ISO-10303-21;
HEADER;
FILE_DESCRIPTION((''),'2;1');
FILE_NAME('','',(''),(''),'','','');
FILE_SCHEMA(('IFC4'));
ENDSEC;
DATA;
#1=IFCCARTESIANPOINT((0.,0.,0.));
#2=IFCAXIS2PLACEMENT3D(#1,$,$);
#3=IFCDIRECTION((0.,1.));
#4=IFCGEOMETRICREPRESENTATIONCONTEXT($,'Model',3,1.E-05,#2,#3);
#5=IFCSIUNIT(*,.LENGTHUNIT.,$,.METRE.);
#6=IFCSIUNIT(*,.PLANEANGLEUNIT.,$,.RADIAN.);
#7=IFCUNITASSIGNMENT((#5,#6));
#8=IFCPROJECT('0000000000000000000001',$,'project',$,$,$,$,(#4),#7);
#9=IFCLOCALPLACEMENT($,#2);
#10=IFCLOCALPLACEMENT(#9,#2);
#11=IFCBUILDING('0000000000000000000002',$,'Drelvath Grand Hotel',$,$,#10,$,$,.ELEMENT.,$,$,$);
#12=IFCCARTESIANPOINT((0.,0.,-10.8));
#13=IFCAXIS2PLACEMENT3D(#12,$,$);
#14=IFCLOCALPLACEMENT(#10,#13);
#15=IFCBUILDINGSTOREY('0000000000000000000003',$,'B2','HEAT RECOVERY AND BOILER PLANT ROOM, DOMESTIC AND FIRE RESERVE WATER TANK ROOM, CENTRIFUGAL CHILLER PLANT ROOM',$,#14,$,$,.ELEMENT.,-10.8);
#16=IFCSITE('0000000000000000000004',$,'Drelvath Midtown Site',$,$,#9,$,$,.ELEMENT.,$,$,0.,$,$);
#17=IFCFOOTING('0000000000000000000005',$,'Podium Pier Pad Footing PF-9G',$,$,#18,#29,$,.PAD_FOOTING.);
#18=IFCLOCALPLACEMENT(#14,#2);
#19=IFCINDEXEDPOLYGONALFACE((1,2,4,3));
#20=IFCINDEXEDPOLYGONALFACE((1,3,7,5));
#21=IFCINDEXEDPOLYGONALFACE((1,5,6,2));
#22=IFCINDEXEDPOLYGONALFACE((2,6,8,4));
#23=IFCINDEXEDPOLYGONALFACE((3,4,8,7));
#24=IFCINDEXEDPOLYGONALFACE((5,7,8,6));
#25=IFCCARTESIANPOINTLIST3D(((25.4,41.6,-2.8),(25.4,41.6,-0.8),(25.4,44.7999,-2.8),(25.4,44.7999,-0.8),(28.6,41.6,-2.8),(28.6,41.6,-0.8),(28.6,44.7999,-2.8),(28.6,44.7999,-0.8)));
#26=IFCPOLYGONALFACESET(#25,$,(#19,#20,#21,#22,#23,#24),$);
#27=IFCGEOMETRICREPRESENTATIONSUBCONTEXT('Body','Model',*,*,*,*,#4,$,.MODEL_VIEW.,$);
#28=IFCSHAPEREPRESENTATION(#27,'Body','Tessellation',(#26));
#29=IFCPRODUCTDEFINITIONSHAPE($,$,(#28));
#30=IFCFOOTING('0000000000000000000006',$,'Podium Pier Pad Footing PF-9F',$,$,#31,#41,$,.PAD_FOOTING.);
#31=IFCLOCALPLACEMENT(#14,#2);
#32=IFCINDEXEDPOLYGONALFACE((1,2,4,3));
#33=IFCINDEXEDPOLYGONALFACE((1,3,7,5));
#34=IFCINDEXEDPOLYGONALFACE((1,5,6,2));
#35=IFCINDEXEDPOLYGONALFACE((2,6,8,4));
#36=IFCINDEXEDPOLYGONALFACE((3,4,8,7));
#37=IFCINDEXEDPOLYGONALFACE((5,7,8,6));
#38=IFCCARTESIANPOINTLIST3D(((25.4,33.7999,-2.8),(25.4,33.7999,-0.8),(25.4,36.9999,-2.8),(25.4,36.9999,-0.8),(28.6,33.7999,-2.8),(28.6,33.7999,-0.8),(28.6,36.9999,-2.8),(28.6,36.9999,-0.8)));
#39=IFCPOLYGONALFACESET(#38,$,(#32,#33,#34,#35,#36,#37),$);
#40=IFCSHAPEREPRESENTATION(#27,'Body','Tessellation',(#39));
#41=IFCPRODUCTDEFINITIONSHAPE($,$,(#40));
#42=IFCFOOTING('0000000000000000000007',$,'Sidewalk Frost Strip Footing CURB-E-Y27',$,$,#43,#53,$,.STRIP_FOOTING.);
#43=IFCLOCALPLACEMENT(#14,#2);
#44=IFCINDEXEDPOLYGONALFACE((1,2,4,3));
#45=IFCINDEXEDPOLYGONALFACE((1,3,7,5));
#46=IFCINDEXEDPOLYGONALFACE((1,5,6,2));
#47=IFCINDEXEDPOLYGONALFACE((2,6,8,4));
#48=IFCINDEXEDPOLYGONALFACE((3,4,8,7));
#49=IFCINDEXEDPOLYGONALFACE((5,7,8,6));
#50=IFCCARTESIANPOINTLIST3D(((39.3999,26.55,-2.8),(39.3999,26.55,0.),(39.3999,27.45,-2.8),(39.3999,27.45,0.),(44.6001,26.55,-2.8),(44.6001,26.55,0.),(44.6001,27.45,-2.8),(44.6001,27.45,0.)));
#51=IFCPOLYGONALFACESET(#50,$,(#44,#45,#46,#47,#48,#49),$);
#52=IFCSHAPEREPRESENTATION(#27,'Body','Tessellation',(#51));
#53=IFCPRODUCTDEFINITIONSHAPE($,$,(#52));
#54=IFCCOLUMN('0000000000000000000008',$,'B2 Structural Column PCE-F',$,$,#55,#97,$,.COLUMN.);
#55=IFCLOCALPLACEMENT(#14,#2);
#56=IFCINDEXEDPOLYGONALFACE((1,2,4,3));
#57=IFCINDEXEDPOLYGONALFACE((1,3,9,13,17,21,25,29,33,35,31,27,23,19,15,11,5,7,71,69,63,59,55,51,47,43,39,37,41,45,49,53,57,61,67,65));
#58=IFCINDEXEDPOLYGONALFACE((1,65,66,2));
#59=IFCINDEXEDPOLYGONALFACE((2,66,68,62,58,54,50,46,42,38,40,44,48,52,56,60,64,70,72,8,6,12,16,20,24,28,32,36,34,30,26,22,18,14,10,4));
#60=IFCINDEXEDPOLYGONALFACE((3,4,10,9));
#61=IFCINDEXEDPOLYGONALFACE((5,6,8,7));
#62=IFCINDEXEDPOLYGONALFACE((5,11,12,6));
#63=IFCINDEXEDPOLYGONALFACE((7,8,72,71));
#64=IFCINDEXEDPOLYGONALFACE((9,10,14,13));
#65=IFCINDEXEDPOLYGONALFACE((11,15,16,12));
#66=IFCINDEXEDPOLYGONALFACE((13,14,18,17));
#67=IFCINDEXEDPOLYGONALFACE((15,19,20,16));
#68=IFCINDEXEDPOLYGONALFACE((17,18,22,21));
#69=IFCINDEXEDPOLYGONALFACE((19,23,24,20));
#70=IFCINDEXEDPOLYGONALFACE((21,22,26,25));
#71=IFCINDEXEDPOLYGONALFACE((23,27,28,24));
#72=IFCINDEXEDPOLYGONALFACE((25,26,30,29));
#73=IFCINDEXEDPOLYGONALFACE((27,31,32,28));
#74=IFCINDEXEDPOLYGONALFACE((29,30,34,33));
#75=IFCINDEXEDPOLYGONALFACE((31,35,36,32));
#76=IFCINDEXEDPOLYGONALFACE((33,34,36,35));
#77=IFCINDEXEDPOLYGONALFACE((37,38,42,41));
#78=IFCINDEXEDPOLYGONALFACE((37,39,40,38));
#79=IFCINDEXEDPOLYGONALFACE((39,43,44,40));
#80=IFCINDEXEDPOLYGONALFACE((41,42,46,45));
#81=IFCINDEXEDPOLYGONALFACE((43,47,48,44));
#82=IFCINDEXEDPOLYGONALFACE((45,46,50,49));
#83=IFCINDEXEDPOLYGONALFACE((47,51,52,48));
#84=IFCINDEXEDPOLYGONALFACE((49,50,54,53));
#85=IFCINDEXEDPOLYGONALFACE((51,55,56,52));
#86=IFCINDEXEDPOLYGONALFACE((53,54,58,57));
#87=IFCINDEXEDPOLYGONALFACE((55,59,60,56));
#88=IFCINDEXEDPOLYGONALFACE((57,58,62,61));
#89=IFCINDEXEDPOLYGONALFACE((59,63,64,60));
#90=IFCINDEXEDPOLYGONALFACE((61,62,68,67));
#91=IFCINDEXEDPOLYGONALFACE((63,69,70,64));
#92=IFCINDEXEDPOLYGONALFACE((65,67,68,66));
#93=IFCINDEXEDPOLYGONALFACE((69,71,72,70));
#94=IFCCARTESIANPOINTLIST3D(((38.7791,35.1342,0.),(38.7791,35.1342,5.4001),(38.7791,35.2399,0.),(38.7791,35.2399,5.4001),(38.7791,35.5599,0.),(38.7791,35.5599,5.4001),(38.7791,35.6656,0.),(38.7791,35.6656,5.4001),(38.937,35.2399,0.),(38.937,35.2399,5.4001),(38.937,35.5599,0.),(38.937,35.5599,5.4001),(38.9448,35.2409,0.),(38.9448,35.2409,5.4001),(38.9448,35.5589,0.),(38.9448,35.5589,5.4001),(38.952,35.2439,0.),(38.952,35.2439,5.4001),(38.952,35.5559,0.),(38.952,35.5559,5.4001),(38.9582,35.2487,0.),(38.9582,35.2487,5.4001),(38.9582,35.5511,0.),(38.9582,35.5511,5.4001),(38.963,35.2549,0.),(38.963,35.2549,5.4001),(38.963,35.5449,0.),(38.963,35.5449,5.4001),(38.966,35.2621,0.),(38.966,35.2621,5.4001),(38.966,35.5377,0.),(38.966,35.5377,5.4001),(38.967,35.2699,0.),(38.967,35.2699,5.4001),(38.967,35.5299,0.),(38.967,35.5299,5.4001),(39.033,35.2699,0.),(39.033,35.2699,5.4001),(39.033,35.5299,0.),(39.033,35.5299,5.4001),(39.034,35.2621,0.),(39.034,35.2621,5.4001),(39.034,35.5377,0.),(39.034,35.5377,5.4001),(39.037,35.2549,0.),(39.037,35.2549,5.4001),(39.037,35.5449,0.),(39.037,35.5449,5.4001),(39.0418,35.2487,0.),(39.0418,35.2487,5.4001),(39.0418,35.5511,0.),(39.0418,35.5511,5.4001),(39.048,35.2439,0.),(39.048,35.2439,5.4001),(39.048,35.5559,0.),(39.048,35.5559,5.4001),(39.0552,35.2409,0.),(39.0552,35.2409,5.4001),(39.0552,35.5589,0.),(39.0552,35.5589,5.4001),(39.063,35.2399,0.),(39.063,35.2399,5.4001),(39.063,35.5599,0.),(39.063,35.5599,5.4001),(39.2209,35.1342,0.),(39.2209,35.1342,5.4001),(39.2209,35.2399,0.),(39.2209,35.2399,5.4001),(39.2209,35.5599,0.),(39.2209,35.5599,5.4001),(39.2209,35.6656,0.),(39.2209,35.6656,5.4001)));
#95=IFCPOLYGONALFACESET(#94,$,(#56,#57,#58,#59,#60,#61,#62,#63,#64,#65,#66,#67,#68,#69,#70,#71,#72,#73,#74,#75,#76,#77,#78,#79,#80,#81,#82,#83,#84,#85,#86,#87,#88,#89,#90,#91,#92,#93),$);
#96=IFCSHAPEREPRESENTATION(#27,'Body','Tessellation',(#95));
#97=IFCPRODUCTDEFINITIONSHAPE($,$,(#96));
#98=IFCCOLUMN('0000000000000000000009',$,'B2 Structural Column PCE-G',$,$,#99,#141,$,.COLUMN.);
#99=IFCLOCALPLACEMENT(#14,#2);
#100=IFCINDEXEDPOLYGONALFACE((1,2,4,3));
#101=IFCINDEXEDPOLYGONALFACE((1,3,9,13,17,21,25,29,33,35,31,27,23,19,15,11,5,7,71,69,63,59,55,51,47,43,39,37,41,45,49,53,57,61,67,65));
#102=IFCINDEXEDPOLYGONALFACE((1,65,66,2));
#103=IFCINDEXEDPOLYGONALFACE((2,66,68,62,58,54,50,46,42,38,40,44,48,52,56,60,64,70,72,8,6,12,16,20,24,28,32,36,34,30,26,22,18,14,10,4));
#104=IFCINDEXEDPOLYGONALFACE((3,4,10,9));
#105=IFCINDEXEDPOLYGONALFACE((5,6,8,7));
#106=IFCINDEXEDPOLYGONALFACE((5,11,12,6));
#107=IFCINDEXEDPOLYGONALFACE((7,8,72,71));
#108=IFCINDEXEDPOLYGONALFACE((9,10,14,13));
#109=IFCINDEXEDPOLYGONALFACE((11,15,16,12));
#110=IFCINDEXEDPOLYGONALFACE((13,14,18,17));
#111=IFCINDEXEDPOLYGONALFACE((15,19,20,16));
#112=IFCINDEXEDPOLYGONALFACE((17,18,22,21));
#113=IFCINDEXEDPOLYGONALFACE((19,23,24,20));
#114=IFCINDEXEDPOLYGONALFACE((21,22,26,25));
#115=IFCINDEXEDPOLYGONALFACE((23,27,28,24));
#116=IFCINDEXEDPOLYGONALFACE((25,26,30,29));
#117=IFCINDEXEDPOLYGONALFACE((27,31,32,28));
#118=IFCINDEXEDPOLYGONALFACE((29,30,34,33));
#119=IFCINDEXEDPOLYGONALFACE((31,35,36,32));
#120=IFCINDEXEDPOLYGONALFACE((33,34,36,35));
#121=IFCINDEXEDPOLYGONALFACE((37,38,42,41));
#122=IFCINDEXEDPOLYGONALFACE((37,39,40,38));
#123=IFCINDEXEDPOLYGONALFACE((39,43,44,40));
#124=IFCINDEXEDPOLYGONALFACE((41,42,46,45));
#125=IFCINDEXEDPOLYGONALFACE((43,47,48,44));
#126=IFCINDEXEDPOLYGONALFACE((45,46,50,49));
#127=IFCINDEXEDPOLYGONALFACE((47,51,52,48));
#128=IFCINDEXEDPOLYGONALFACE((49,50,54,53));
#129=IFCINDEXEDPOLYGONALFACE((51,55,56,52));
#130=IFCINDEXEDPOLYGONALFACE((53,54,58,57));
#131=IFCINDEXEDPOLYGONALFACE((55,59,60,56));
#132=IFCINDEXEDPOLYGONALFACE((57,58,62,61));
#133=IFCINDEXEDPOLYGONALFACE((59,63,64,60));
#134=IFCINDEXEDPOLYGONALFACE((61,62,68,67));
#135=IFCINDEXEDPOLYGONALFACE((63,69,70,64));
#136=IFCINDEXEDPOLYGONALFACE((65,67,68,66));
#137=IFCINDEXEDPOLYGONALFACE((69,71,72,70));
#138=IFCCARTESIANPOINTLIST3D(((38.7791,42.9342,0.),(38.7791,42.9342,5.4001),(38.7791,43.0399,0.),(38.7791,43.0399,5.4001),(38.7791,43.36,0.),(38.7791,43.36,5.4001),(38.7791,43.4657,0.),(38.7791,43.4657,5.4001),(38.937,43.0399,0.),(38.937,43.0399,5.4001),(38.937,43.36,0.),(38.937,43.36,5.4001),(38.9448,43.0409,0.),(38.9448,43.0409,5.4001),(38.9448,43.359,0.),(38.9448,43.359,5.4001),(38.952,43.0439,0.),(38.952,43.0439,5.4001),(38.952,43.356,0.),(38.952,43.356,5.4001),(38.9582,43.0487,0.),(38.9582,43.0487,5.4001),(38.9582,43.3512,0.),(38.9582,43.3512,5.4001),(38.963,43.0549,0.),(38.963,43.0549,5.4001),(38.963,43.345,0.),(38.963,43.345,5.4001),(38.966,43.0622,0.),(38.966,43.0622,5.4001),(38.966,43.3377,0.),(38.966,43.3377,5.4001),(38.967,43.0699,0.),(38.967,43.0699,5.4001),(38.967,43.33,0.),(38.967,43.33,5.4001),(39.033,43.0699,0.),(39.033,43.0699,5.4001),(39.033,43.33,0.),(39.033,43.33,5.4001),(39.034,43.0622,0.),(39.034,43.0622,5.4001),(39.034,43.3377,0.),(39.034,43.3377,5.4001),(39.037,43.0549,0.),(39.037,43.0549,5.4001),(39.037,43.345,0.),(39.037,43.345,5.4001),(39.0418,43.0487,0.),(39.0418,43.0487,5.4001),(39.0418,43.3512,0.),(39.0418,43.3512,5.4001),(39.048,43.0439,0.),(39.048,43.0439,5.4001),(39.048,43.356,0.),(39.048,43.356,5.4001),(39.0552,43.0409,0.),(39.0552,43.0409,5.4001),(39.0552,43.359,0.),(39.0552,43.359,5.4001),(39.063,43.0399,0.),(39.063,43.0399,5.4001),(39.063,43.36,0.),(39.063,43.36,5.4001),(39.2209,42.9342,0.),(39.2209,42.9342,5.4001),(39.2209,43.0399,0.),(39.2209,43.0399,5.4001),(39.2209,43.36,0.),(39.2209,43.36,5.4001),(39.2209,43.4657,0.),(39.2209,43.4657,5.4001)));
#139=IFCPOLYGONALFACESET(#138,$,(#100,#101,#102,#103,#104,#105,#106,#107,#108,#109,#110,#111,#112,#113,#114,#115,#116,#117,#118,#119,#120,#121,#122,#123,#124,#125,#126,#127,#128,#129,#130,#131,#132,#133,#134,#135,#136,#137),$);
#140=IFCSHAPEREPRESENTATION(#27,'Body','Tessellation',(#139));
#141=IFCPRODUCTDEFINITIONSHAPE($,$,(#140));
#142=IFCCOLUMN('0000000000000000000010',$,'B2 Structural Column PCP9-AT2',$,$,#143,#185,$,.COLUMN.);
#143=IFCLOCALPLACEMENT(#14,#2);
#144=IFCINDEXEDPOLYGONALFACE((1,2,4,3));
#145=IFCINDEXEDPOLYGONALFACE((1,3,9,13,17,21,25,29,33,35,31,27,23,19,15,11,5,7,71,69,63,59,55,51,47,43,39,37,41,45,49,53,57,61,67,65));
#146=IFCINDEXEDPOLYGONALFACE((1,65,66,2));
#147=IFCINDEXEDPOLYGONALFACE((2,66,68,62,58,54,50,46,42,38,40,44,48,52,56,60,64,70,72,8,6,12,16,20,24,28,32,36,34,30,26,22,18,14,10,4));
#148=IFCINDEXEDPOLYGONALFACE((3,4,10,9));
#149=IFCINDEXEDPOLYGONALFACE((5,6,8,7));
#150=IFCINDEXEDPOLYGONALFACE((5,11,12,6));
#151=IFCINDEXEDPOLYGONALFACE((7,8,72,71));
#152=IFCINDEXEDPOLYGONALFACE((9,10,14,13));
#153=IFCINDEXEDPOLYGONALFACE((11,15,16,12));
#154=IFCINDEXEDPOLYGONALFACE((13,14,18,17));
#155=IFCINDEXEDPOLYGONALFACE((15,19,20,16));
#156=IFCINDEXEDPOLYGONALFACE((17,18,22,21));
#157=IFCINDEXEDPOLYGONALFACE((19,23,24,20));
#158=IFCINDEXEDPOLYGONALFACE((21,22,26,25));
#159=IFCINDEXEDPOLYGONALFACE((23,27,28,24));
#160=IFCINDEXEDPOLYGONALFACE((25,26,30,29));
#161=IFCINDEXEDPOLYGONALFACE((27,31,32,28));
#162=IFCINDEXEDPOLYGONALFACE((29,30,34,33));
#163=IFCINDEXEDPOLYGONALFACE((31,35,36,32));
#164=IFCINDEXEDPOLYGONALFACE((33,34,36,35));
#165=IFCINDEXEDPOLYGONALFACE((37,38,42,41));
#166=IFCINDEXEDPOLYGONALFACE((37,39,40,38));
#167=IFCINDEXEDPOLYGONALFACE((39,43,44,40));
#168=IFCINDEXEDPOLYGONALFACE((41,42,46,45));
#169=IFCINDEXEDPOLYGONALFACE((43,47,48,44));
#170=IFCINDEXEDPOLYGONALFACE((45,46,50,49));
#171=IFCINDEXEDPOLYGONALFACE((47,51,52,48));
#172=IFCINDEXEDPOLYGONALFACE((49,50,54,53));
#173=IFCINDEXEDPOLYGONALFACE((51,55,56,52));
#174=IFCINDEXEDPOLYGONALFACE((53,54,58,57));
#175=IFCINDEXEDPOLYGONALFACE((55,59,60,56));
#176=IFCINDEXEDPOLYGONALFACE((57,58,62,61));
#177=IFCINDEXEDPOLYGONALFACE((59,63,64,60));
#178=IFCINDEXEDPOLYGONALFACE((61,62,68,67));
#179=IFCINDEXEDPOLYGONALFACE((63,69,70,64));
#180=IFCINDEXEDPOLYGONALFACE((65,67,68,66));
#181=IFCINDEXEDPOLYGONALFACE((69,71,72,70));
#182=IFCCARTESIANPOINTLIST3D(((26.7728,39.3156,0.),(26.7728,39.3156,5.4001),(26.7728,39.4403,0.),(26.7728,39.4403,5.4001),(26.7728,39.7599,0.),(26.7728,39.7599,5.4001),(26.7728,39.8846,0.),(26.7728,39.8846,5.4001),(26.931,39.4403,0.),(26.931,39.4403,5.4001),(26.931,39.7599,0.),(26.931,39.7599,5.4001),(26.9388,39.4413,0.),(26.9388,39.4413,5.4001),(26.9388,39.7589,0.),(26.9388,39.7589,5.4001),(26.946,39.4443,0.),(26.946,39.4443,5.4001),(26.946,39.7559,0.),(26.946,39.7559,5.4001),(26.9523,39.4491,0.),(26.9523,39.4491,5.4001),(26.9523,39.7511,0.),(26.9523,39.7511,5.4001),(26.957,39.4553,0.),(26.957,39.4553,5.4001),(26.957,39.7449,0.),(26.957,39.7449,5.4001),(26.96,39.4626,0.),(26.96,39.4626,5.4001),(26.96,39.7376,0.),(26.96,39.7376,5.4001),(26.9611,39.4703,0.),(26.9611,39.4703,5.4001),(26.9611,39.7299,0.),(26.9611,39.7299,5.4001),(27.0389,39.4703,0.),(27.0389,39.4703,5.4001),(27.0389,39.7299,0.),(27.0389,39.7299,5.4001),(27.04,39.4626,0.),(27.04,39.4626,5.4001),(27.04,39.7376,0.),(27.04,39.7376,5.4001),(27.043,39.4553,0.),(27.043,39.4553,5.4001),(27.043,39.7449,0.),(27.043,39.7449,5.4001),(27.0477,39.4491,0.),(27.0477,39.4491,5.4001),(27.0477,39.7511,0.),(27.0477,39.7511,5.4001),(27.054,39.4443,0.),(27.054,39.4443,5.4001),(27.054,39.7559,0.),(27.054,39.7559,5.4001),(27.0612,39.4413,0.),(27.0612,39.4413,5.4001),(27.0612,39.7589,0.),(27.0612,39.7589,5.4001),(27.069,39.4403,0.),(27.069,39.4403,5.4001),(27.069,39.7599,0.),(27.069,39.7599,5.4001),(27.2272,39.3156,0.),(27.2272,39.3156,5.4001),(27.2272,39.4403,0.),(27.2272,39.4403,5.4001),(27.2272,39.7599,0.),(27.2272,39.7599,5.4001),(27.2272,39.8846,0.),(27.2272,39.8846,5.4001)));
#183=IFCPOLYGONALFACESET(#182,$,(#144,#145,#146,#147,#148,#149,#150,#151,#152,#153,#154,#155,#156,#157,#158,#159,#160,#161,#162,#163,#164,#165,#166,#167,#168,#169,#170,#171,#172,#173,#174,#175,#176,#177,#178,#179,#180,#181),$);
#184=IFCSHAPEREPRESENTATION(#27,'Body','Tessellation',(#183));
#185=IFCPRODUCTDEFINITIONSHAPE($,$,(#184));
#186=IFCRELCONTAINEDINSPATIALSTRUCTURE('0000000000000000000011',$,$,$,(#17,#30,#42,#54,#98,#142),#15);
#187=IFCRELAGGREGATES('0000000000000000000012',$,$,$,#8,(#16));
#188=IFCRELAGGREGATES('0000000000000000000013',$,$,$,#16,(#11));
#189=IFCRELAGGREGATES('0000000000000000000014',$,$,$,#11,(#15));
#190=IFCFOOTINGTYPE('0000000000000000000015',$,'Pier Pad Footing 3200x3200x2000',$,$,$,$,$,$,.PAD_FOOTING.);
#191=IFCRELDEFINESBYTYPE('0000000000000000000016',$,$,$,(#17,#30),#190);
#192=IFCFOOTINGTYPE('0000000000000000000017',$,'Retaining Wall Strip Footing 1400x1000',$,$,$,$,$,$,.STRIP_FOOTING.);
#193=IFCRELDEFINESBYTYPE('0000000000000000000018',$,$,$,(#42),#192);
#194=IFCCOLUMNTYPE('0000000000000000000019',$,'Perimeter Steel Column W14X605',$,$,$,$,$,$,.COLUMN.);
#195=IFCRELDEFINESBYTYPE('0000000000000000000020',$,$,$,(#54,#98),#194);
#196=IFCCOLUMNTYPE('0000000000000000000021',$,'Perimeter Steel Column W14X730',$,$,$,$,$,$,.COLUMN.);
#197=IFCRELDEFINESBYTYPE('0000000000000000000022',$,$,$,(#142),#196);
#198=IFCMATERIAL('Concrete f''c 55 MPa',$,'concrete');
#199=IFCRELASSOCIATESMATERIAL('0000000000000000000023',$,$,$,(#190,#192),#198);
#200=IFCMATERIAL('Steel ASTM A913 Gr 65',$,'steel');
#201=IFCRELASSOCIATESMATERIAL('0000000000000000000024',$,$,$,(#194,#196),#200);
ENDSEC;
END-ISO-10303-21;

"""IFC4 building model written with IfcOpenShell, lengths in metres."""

from ifc_helpers import new_model, si_unit, direction, frame, frame_2d, origin, origin_2d, place, context, subcontext, project, spatial, rectangle, i_section, extrude, material, material_profile, profile_set, type_object, element, save


model = new_model("IFC4")

# Units and contexts
model_context = context("Model", 3, precision=1e-05, world=origin(), true_north=direction((0.0, 1.0)))
body_context = subcontext(model_context, "Body", "Model", "MODEL_VIEW")
ifc_project = project(units=[si_unit("LENGTHUNIT", "METRE"), si_unit("PLANEANGLEUNIT", "RADIAN")], contexts=[model_context])

# Site, building, storey
site_placement = place(None, origin())
site = spatial("IfcSite", under=ifc_project, at=site_placement, Name="Drelvath Midtown Site", CompositionType="ELEMENT", RefElevation=0.0)
building_placement = place(site_placement, origin())
building = spatial("IfcBuilding", under=site, at=building_placement, Name="Drelvath Grand Hotel", CompositionType="ELEMENT")
storey_placement = place(building_placement, frame((0.0, 0.0, -10.8)))
storey = spatial("IfcBuildingStorey", under=building, at=storey_placement, Name="B2", Description="HEAT RECOVERY AND BOILER PLANT ROOM, DOMESTIC AND FIRE RESERVE WATER TANK ROOM, CENTRIFUGAL CHILLER PLANT ROOM", CompositionType="ELEMENT", Elevation=-10.8)

# Shared definitions
ifc_material_1 = material(Name="Concrete f'c 55 MPa", Category="concrete")

# Footings
footing_type_1 = type_object("IfcFootingType", Name="Pier Pad Footing 3200x3200x2000", PredefinedType="PAD_FOOTING", material=ifc_material_1)
for number, where, z_axis, x_axis, name in (
    (1, (27.0, 43.2, -2.8), (0.0, 0.0, 1.0), (1.0, 0.0, 0.0), "Podium Pier Pad Footing PF-9G"),
    (2, (27.0, 35.3999, -2.8), (0.0, 0.0, 1.0), (1.0, 0.0, 0.0), "Podium Pier Pad Footing PF-9F"),
):
    element("IfcFooting", number, at=place(storey_placement, frame(where, z_axis=z_axis, x_axis=x_axis)), inside=storey, type_object=footing_type_1, Name=name, PredefinedType="PAD_FOOTING", context=body_context, shape_type="SweptSolid", body=[
        extrude(rectangle(XDim=3.2, YDim=3.2, at=origin_2d()), origin(), (0.0, 0.0, 1.0), 2.0),
    ])
footing_type_2 = type_object("IfcFootingType", Name="Retaining Wall Strip Footing 1400x1000", PredefinedType="STRIP_FOOTING", material=ifc_material_1)
footing_1_placement = place(storey_placement, frame((39.3999, 27.0, -2.8), z_axis=(0.0, 0.0, 1.0), x_axis=(1.0, 0.0, 0.0)))
element("IfcFooting", 3, at=footing_1_placement, inside=storey, type_object=footing_type_2, Name="Sidewalk Frost Strip Footing CURB-E-Y27", PredefinedType="STRIP_FOOTING", context=body_context, shape_type="SweptSolid", body=[
    extrude(rectangle(XDim=5.2002, YDim=0.8999, at=frame_2d((2.6001, 0.0))), origin(), (0.0, 0.0, 1.0), 2.8),
])

# Columns
ifc_material_2 = material(Name="Steel ASTM A913 Gr 65", Category="steel")
ifc_material_profile_1 = material_profile(ifc_material_2, i_section(OverallWidth=0.4419, OverallDepth=0.5315, WebThickness=0.0659, FlangeThickness=0.1057, FilletRadius=0.03, at=origin_2d()), Name="W14X605")
ifc_profile_set_1 = profile_set([ifc_material_profile_1], Name="Steel ASTM A913 Gr 65")
column_type_1 = type_object("IfcColumnType", Name="Perimeter Steel Column W14X605", PredefinedType="COLUMN", material=ifc_profile_set_1)
for number, where, z_axis, x_axis, name in (
    (4, (39.0, 35.3999, 0.0), (0.0, 0.0, 1.0), (1.0, 0.0, 0.0), "B2 Structural Column PCE-F"),
    (5, (39.0, 43.2, 0.0), (0.0, 0.0, 1.0), (1.0, 0.0, 0.0), "B2 Structural Column PCE-G"),
):
    element("IfcColumn", number, at=place(storey_placement, frame(where, z_axis=z_axis, x_axis=x_axis)), inside=storey, type_object=column_type_1, Name=name, PredefinedType="COLUMN", context=body_context, shape_type="SweptSolid", body=[
        extrude(i_section(OverallWidth=0.4419, OverallDepth=0.5315, WebThickness=0.0659, FlangeThickness=0.1057, FilletRadius=0.03, at=origin_2d()), origin(), (0.0, 0.0, 1.0), 5.4001),
    ])
ifc_material_profile_2 = material_profile(ifc_material_2, i_section(OverallWidth=0.4543, OverallDepth=0.5691, WebThickness=0.0779, FlangeThickness=0.1248, FilletRadius=0.03, at=origin_2d()), Name="W14X730")
ifc_profile_set_2 = profile_set([ifc_material_profile_2], Name="Steel ASTM A913 Gr 65")
column_type_2 = type_object("IfcColumnType", Name="Perimeter Steel Column W14X730", PredefinedType="COLUMN", material=ifc_profile_set_2)
for number, where, z_axis, x_axis, name in (
    (6, (27.0, 39.6001, 0.0), (0.0, 0.0, 1.0), (1.0, 0.0, 0.0), "B2 Structural Column PCP9-AT2"),
):
    element("IfcColumn", number, at=place(storey_placement, frame(where, z_axis=z_axis, x_axis=x_axis)), inside=storey, type_object=column_type_2, Name=name, PredefinedType="COLUMN", context=body_context, shape_type="SweptSolid", body=[
        extrude(i_section(OverallWidth=0.4543, OverallDepth=0.5691, WebThickness=0.0779, FlangeThickness=0.1248, FilletRadius=0.03, at=origin_2d()), origin(), (0.0, 0.0, 1.0), 5.4001),
    ])

save(model, "model.ifc")
